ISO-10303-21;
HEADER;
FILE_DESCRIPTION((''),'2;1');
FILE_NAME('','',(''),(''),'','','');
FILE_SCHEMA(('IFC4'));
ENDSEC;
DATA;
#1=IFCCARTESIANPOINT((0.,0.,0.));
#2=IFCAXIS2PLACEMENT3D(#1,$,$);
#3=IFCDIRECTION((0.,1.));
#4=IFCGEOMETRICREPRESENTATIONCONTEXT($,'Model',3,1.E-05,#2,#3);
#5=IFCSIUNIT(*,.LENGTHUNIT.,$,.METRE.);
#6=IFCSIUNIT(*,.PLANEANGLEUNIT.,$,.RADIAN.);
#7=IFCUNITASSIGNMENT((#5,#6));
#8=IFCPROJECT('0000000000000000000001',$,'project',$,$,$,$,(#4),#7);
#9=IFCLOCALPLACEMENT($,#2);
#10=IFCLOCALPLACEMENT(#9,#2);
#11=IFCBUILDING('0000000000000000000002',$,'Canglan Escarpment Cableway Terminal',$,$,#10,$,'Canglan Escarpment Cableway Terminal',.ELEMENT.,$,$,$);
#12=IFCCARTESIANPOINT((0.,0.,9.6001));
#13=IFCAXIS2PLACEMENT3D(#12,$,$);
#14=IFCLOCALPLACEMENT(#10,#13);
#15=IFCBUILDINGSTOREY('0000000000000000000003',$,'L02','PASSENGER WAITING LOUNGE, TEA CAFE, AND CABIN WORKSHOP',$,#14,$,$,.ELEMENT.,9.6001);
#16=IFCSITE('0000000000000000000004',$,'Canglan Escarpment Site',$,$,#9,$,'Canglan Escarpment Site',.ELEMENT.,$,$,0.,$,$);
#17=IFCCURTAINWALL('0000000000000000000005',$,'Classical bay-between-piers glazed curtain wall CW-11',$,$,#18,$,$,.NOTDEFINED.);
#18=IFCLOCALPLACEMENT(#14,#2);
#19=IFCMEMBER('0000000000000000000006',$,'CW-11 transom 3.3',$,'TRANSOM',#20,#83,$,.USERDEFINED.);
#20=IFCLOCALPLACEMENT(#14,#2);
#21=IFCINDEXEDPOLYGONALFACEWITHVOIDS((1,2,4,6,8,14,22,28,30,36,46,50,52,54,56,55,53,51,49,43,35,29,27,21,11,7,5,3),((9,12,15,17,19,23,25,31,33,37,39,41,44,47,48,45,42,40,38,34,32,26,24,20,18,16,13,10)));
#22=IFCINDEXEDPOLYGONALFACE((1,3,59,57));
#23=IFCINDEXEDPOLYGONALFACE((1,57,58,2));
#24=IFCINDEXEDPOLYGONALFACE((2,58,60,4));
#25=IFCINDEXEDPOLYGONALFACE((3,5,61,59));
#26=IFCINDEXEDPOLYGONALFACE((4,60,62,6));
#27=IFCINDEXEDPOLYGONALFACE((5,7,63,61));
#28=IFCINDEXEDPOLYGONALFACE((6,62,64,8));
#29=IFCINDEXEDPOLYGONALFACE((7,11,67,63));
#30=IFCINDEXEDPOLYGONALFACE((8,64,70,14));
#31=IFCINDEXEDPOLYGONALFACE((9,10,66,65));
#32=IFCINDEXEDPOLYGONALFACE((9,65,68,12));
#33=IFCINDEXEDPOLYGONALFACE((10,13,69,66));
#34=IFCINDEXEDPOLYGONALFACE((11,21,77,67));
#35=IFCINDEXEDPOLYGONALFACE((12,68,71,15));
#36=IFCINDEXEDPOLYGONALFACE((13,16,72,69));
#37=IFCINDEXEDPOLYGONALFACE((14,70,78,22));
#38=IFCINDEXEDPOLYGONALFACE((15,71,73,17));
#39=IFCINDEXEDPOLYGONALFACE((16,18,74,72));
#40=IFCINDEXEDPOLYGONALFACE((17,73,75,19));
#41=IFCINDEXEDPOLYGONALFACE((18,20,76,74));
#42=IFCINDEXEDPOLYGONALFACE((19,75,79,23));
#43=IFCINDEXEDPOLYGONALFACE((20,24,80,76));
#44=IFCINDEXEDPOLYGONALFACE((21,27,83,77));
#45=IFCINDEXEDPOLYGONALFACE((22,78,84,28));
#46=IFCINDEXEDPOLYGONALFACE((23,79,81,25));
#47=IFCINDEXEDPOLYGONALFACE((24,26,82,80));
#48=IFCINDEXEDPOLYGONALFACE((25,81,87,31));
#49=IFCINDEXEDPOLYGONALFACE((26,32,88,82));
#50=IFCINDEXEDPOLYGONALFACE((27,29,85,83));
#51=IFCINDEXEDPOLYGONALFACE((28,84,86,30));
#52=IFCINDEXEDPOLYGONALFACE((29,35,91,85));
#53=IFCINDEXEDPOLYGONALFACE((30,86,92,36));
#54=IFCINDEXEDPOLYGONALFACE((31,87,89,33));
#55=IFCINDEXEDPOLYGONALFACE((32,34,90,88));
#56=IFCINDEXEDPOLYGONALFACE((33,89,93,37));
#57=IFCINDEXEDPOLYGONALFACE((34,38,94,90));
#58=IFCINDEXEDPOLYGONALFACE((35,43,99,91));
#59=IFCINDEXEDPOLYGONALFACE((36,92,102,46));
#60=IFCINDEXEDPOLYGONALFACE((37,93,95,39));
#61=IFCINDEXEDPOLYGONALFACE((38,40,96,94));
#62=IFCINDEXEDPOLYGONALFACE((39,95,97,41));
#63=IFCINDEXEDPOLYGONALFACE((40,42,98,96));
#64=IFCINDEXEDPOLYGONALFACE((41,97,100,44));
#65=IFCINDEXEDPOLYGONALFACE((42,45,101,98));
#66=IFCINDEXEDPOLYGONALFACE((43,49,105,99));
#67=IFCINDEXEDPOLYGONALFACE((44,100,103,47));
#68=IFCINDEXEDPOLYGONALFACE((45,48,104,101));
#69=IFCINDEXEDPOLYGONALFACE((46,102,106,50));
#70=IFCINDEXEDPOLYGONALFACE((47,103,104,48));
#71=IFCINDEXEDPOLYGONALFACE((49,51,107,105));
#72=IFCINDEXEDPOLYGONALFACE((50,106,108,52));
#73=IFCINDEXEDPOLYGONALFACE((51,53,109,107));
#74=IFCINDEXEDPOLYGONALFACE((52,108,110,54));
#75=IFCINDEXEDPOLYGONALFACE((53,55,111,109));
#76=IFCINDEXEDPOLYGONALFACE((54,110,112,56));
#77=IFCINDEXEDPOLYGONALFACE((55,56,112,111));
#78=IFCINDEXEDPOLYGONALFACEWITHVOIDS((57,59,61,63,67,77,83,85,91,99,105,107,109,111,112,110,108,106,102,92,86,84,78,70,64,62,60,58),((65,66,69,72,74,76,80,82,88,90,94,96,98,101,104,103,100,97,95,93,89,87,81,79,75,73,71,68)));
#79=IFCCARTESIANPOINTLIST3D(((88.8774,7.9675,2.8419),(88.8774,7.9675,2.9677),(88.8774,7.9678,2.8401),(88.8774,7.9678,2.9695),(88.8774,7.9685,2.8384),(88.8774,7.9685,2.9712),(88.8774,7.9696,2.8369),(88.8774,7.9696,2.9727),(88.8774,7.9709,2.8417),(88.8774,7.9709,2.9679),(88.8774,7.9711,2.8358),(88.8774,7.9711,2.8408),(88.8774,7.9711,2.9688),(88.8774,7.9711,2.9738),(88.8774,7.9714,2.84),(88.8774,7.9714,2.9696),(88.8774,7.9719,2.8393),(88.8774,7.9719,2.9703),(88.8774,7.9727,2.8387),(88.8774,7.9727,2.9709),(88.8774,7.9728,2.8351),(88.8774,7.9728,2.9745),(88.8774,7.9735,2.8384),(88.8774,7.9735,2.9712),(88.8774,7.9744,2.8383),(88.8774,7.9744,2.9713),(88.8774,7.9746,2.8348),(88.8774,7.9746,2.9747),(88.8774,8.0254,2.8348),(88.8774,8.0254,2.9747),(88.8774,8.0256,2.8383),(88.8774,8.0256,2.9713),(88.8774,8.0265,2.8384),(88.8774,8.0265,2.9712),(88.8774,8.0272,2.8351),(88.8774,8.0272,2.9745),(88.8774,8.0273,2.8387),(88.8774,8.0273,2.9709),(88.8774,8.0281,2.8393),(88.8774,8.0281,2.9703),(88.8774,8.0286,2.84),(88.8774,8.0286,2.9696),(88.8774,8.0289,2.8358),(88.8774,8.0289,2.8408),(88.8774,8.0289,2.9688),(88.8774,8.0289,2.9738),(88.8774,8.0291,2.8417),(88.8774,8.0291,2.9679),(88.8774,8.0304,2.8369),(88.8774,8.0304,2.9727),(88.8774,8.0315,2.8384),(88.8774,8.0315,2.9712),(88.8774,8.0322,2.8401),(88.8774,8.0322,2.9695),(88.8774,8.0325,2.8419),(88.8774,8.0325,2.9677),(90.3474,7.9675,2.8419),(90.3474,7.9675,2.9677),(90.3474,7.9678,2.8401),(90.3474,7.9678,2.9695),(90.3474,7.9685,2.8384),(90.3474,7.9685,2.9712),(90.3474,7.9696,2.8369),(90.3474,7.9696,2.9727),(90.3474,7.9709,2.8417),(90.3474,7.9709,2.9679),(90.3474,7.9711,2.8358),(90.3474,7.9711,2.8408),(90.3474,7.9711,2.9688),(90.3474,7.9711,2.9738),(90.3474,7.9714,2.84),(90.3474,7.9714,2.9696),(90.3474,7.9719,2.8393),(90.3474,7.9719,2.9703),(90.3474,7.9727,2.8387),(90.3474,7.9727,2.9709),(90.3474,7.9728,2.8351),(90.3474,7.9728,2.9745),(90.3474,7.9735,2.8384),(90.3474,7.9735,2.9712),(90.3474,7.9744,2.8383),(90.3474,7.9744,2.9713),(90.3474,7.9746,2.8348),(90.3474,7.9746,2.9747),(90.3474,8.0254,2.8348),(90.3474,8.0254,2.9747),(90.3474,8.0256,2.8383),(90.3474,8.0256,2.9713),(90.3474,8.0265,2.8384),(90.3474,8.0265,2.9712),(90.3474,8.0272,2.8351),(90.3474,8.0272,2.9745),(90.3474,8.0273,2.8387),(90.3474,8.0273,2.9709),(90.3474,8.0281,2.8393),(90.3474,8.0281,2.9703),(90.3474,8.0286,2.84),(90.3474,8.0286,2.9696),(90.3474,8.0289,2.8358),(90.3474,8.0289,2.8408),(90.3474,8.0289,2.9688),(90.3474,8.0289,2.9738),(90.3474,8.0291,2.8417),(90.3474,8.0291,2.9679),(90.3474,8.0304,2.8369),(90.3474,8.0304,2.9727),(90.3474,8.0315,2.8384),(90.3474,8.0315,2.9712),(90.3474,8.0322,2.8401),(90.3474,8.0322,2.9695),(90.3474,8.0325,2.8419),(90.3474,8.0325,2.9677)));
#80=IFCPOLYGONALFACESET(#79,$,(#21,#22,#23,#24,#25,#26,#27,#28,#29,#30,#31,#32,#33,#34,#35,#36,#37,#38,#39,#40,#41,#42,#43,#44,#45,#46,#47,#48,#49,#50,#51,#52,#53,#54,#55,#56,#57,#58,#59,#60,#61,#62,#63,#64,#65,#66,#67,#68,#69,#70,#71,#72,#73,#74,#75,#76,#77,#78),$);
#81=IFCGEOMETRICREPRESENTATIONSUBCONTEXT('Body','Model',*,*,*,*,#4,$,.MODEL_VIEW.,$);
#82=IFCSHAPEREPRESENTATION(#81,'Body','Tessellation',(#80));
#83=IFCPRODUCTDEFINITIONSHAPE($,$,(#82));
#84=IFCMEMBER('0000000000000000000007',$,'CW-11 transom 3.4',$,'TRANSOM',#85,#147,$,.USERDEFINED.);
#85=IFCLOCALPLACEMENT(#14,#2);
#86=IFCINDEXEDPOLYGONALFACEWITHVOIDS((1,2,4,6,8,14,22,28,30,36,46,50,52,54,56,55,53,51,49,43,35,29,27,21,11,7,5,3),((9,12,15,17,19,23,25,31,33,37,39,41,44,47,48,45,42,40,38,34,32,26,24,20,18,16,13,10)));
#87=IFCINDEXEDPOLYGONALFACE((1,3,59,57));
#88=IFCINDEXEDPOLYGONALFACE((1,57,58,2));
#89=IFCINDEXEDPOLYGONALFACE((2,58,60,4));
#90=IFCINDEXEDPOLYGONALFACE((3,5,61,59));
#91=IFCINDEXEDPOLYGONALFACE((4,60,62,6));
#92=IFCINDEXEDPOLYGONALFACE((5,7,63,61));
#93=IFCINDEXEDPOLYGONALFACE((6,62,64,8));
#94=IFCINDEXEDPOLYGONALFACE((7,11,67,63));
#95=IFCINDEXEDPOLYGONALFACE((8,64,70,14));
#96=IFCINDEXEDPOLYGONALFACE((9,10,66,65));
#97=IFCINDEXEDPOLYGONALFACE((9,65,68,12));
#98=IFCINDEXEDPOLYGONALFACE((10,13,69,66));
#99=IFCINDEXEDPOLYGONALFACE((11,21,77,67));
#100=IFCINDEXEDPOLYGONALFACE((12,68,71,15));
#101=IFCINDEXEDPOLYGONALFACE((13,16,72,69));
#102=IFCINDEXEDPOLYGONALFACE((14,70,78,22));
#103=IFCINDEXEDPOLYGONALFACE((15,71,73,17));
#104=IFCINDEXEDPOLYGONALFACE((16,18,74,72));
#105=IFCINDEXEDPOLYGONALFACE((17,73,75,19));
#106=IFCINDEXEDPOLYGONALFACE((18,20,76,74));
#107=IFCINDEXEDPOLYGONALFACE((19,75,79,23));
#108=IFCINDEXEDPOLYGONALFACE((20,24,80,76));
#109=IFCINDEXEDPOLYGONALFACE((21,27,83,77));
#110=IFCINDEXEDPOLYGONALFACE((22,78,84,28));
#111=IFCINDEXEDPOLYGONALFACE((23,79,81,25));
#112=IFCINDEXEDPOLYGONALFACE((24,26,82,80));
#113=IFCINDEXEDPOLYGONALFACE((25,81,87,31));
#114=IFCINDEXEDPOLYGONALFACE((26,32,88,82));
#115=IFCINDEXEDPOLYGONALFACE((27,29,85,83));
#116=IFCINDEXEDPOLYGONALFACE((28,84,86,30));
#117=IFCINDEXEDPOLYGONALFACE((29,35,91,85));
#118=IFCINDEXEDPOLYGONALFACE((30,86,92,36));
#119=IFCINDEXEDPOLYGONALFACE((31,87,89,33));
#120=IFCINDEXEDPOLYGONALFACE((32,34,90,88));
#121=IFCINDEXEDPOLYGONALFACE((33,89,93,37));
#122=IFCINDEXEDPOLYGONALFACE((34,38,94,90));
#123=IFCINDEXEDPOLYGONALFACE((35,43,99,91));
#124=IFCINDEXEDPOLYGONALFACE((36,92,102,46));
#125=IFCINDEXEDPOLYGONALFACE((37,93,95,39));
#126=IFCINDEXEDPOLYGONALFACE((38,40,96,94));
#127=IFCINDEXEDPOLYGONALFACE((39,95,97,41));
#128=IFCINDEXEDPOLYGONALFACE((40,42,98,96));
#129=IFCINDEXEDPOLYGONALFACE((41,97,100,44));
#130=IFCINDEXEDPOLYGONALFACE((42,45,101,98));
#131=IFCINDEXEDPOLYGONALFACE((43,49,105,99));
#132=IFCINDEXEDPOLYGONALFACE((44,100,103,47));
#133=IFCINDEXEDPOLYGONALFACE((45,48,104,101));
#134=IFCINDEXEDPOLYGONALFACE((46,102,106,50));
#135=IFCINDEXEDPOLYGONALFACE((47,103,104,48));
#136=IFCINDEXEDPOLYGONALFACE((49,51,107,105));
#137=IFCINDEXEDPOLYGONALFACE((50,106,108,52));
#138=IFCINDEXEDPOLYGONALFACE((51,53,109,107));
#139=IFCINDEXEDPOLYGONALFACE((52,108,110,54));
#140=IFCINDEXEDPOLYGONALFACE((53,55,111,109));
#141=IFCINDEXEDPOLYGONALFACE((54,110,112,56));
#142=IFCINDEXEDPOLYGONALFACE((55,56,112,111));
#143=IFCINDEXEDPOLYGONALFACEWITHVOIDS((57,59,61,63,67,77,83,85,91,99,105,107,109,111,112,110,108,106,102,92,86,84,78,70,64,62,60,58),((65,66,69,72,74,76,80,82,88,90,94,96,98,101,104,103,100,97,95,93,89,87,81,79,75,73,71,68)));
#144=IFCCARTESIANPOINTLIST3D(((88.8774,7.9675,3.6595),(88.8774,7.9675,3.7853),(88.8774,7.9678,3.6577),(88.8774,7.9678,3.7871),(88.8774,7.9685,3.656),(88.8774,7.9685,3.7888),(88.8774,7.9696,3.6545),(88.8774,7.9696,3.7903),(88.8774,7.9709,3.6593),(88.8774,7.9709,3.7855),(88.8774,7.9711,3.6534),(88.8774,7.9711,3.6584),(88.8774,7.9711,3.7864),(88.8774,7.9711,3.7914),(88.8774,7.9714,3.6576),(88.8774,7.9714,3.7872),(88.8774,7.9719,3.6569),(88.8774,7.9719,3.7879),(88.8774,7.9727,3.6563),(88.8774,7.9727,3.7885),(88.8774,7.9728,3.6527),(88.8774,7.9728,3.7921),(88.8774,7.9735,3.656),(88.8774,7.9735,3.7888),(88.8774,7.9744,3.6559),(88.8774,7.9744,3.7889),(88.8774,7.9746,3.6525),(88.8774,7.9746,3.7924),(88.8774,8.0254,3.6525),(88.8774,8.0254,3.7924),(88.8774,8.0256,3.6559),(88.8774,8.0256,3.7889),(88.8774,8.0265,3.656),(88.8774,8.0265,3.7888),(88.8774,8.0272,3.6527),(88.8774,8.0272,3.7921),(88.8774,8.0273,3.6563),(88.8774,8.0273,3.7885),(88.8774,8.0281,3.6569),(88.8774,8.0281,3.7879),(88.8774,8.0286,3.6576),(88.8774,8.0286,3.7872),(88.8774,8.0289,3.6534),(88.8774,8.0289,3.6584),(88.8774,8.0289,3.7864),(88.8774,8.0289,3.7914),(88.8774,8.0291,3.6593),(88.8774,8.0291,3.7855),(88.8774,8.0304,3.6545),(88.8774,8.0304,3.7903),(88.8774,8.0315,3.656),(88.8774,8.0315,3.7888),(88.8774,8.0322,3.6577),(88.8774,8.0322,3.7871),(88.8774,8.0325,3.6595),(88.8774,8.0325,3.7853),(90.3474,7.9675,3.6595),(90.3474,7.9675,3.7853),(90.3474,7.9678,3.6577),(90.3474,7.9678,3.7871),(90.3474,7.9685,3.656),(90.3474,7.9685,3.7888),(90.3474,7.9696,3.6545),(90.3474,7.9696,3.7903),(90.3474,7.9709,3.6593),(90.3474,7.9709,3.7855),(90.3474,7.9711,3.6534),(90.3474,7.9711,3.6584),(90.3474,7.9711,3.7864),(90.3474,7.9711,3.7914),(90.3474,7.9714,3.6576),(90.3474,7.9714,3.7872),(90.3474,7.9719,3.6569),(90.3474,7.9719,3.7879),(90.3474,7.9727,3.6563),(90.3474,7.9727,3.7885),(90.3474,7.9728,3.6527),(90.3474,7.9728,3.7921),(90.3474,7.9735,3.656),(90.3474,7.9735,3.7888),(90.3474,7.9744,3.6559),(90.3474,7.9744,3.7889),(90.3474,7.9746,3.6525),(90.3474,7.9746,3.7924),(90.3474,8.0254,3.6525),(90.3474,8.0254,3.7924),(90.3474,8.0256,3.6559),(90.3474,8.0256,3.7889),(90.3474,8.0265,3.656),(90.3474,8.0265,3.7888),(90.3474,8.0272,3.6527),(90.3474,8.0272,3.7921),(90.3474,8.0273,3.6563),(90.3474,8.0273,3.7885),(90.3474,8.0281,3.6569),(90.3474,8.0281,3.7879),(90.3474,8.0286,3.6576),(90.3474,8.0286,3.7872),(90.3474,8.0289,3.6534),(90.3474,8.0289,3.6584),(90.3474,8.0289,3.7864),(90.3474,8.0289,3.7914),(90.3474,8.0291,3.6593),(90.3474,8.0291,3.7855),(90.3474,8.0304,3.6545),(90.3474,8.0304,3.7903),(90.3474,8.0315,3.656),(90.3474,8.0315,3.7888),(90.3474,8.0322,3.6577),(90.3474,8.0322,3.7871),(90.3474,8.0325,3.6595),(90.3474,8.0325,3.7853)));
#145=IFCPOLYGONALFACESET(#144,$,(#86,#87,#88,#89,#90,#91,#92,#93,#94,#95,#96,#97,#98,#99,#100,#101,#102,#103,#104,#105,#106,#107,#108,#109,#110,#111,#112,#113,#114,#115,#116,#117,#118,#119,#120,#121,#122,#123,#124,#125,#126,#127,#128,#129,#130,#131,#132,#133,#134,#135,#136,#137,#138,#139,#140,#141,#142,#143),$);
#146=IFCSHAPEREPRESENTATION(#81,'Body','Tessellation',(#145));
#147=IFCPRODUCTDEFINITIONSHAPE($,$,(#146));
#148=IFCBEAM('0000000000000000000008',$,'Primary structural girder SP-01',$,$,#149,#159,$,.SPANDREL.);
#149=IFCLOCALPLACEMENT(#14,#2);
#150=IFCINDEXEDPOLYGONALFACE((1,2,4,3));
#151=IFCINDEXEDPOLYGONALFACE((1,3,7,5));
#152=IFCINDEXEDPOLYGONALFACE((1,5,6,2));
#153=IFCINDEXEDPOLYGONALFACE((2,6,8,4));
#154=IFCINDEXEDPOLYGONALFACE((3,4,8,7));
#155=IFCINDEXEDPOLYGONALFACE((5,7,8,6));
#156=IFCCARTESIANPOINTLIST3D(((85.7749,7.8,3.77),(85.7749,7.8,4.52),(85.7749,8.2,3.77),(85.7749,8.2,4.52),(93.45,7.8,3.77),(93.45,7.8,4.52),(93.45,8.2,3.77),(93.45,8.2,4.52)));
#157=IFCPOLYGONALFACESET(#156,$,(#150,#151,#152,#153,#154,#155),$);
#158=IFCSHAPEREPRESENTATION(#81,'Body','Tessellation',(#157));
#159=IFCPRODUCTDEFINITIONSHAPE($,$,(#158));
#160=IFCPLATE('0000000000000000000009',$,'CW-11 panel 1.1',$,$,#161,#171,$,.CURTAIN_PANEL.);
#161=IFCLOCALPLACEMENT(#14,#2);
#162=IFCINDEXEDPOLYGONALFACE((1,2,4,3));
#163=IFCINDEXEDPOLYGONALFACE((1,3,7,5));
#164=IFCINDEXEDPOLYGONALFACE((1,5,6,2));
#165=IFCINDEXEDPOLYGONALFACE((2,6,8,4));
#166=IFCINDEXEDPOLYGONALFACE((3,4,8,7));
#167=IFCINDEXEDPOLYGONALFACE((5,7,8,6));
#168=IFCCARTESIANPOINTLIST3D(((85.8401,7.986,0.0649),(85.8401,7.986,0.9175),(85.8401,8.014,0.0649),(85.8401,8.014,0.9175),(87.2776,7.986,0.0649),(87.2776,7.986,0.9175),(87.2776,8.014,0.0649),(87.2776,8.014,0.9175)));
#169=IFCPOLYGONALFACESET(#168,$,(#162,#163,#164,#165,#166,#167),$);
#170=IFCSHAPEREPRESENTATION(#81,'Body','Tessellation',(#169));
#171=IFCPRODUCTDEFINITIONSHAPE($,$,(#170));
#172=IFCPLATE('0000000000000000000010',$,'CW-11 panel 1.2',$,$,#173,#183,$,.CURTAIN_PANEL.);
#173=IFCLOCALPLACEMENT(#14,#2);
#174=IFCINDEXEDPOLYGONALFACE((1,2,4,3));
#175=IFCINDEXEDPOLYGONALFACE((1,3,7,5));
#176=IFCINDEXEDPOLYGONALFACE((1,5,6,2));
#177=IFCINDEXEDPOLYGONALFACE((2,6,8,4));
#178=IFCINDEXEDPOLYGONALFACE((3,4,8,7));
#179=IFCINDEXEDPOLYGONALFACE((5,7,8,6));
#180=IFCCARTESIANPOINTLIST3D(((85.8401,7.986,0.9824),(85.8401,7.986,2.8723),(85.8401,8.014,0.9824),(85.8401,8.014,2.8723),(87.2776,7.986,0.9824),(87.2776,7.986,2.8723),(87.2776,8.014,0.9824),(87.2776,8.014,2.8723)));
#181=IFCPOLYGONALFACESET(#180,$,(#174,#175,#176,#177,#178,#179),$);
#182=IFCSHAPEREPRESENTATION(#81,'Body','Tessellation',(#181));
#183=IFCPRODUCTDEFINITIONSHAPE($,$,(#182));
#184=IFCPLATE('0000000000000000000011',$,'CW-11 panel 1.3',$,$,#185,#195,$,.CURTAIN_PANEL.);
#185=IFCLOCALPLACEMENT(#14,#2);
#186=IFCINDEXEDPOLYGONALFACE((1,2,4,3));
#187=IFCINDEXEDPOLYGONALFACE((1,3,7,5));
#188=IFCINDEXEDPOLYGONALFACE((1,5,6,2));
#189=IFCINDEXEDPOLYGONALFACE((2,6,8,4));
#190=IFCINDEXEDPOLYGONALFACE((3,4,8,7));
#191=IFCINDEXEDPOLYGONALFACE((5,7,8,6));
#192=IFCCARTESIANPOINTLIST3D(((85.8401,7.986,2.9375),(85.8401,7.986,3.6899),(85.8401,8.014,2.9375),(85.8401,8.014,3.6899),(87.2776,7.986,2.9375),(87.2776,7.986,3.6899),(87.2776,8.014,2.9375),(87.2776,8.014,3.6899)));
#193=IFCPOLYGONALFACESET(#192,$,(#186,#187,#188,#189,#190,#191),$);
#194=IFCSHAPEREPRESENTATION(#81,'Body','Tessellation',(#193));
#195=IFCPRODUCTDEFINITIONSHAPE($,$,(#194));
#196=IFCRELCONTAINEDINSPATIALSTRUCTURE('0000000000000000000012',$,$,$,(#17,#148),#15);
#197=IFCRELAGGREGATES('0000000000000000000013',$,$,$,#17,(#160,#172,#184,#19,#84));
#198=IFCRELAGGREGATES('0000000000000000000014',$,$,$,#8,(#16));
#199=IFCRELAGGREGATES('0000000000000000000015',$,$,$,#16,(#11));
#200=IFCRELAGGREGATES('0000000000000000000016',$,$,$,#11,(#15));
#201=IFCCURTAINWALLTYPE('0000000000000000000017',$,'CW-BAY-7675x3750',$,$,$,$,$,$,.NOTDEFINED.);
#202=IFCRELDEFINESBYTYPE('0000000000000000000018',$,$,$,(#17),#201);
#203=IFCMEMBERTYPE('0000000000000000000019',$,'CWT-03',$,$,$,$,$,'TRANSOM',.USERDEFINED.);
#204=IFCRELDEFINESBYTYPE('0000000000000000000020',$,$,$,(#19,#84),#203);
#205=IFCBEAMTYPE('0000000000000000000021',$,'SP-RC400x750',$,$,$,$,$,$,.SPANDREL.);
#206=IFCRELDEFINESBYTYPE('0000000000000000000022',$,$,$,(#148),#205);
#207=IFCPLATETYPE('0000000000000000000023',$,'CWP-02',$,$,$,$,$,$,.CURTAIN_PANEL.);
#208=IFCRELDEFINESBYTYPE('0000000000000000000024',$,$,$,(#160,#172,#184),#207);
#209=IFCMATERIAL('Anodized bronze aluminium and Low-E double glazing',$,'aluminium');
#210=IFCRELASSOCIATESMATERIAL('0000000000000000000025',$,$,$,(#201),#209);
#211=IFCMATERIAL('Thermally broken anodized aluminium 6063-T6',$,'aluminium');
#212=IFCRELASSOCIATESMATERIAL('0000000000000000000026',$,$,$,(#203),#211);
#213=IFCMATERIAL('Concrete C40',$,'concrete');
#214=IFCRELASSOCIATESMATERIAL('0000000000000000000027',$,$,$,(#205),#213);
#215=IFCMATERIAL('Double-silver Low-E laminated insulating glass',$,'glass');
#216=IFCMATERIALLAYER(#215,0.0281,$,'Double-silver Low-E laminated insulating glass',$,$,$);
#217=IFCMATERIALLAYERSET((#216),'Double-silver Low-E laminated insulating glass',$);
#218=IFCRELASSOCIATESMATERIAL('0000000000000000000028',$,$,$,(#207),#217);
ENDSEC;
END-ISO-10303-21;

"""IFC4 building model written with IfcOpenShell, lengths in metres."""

from ifc_helpers import new_model, si_unit, direction, frame, origin, origin_2d, place, context, subcontext, project, spatial, rectangle, hollow_rectangle, extrude, material, layer, layer_set, material_profile, profile_set, type_object, element, aggregate, save


model = new_model("IFC4")

# Units and contexts
model_context = context("Model", 3, precision=1e-05, world=origin(), true_north=direction((0.0, 1.0)))
body_context = subcontext(model_context, "Body", "Model", "MODEL_VIEW")
ifc_project = project(units=[si_unit("LENGTHUNIT", "METRE"), si_unit("PLANEANGLEUNIT", "RADIAN")], contexts=[model_context])

# Site, building, storey
site_placement = place(None, origin())
site = spatial("IfcSite", under=ifc_project, at=site_placement, Name="Canglan Escarpment Site", LongName="Canglan Escarpment Site", CompositionType="ELEMENT", RefElevation=0.0)
building_placement = place(site_placement, origin())
building = spatial("IfcBuilding", under=site, at=building_placement, Name="Canglan Escarpment Cableway Terminal", LongName="Canglan Escarpment Cableway Terminal", CompositionType="ELEMENT")
storey_placement = place(building_placement, frame((0.0, 0.0, 9.6001)))
storey = spatial("IfcBuildingStorey", under=building, at=storey_placement, Name="L02", Description="PASSENGER WAITING LOUNGE, TEA CAFE, AND CABIN WORKSHOP", CompositionType="ELEMENT", Elevation=9.6001)

# Shared definitions
ifc_material_1 = material(Name="Concrete C40", Category="concrete")

# Curtain wall, members
ifc_material_2 = material(Name="Anodized bronze aluminium and Low-E double glazing", Category="aluminium")
curtain_wall_type = type_object("IfcCurtainWallType", Name="CW-BAY-7675x3750", PredefinedType="NOTDEFINED", material=ifc_material_2)
curtain_wall_placement = place(storey_placement, origin())
curtain_wall = element("IfcCurtainWall", 1, at=curtain_wall_placement, inside=storey, type_object=curtain_wall_type, Name="Classical bay-between-piers glazed curtain wall CW-11", PredefinedType="NOTDEFINED")
ifc_material_3 = material(Name="Thermally broken anodized aluminium 6063-T6", Category="aluminium")
ifc_material_profile_1 = material_profile(ifc_material_3, hollow_rectangle(XDim=0.0649, YDim=0.1399, WallThickness=0.0034, InnerFilletRadius=0.0034, OuterFilletRadius=0.0071, at=origin_2d()), Name="ALU-TRAN 65x140x3.5")
ifc_profile_set_1 = profile_set([ifc_material_profile_1], Name="Thermally broken anodized aluminium 6063-T6")
member_type_1 = type_object("IfcMemberType", Name="CWT-03", ElementType="TRANSOM", PredefinedType="USERDEFINED", material=ifc_profile_set_1)
member_1_placement = place(storey_placement, frame((88.8774, 8.0, 2.9048), z_axis=(1.0, 0.0, 0.0), x_axis=(0.0, 1.0, 0.0)))
member_1 = element("IfcMember", 2, at=member_1_placement, type_object=member_type_1, Name="CW-11 transom 3.3", ObjectType="TRANSOM", PredefinedType="USERDEFINED", context=body_context, shape_type="SweptSolid", body=[
    extrude(hollow_rectangle(XDim=0.0649, YDim=0.1399, WallThickness=0.0034, InnerFilletRadius=0.0034, OuterFilletRadius=0.0071, at=origin_2d()), origin(), (0.0, 0.0, 1.0), 1.47),
])
member_2_placement = place(storey_placement, frame((88.8774, 8.0, 3.7224), z_axis=(1.0, 0.0, 0.0), x_axis=(0.0, 1.0, 0.0)))
member_2 = element("IfcMember", 3, at=member_2_placement, type_object=member_type_1, Name="CW-11 transom 3.4", ObjectType="TRANSOM", PredefinedType="USERDEFINED", context=body_context, shape_type="SweptSolid", body=[
    extrude(hollow_rectangle(XDim=0.0649, YDim=0.1399, WallThickness=0.0034, InnerFilletRadius=0.0034, OuterFilletRadius=0.0071, at=origin_2d()), origin(), (0.0, 0.0, 1.0), 1.47),
])

# Beam
ifc_material_profile_2 = material_profile(ifc_material_1, rectangle(XDim=0.3999, YDim=0.75, at=origin_2d()), Name="RC 400x750")
ifc_profile_set_2 = profile_set([ifc_material_profile_2], Name="Concrete C40")
beam_type = type_object("IfcBeamType", Name="SP-RC400x750", PredefinedType="SPANDREL", material=ifc_profile_set_2)
beam_placement = place(storey_placement, frame((85.7749, 8.0, 4.145), z_axis=(1.0, 0.0, 0.0), x_axis=(0.0, 1.0, 0.0)))
element("IfcBeam", 4, at=beam_placement, inside=storey, type_object=beam_type, Name="Primary structural girder SP-01", PredefinedType="SPANDREL", context=body_context, shape_type="SweptSolid", body=[
    extrude(rectangle(XDim=0.3999, YDim=0.75, at=origin_2d()), origin(), (0.0, 0.0, 1.0), 7.675),
])

# Plates
ifc_material_4 = material(Name="Double-silver Low-E laminated insulating glass", Category="glass")
ifc_layer = layer(ifc_material_4, 0.0281, Name="Double-silver Low-E laminated insulating glass")
ifc_layer_set = layer_set([ifc_layer], Name="Double-silver Low-E laminated insulating glass")
plate_type = type_object("IfcPlateType", Name="CWP-02", PredefinedType="CURTAIN_PANEL", material=ifc_layer_set)
plate_1_placement = place(storey_placement, frame((86.5588, 8.0, 0.0649), z_axis=(0.0, 0.0, 1.0), x_axis=(1.0, 0.0, 0.0)))
plate_1 = element("IfcPlate", 5, at=plate_1_placement, type_object=plate_type, Name="CW-11 panel 1.1", PredefinedType="CURTAIN_PANEL", context=body_context, shape_type="SweptSolid", body=[
    extrude(rectangle(XDim=1.4375, YDim=0.0281, at=origin_2d()), origin(), (0.0, 0.0, 1.0), 0.8525),
])
plate_2_placement = place(storey_placement, frame((86.5588, 8.0, 0.9824), z_axis=(0.0, 0.0, 1.0), x_axis=(1.0, 0.0, 0.0)))
plate_2 = element("IfcPlate", 6, at=plate_2_placement, type_object=plate_type, Name="CW-11 panel 1.2", PredefinedType="CURTAIN_PANEL", context=body_context, shape_type="SweptSolid", body=[
    extrude(rectangle(XDim=1.4375, YDim=0.0281, at=origin_2d()), origin(), (0.0, 0.0, 1.0), 1.8899),
])
plate_3_placement = place(storey_placement, frame((86.5588, 8.0, 2.9375), z_axis=(0.0, 0.0, 1.0), x_axis=(1.0, 0.0, 0.0)))
plate_3 = element("IfcPlate", 7, at=plate_3_placement, type_object=plate_type, Name="CW-11 panel 1.3", PredefinedType="CURTAIN_PANEL", context=body_context, shape_type="SweptSolid", body=[
    extrude(rectangle(XDim=1.4375, YDim=0.0281, at=origin_2d()), origin(), (0.0, 0.0, 1.0), 0.7524),
])
aggregate(curtain_wall, [plate_1, plate_2, plate_3, member_1, member_2])

save(model, "model.ifc")
